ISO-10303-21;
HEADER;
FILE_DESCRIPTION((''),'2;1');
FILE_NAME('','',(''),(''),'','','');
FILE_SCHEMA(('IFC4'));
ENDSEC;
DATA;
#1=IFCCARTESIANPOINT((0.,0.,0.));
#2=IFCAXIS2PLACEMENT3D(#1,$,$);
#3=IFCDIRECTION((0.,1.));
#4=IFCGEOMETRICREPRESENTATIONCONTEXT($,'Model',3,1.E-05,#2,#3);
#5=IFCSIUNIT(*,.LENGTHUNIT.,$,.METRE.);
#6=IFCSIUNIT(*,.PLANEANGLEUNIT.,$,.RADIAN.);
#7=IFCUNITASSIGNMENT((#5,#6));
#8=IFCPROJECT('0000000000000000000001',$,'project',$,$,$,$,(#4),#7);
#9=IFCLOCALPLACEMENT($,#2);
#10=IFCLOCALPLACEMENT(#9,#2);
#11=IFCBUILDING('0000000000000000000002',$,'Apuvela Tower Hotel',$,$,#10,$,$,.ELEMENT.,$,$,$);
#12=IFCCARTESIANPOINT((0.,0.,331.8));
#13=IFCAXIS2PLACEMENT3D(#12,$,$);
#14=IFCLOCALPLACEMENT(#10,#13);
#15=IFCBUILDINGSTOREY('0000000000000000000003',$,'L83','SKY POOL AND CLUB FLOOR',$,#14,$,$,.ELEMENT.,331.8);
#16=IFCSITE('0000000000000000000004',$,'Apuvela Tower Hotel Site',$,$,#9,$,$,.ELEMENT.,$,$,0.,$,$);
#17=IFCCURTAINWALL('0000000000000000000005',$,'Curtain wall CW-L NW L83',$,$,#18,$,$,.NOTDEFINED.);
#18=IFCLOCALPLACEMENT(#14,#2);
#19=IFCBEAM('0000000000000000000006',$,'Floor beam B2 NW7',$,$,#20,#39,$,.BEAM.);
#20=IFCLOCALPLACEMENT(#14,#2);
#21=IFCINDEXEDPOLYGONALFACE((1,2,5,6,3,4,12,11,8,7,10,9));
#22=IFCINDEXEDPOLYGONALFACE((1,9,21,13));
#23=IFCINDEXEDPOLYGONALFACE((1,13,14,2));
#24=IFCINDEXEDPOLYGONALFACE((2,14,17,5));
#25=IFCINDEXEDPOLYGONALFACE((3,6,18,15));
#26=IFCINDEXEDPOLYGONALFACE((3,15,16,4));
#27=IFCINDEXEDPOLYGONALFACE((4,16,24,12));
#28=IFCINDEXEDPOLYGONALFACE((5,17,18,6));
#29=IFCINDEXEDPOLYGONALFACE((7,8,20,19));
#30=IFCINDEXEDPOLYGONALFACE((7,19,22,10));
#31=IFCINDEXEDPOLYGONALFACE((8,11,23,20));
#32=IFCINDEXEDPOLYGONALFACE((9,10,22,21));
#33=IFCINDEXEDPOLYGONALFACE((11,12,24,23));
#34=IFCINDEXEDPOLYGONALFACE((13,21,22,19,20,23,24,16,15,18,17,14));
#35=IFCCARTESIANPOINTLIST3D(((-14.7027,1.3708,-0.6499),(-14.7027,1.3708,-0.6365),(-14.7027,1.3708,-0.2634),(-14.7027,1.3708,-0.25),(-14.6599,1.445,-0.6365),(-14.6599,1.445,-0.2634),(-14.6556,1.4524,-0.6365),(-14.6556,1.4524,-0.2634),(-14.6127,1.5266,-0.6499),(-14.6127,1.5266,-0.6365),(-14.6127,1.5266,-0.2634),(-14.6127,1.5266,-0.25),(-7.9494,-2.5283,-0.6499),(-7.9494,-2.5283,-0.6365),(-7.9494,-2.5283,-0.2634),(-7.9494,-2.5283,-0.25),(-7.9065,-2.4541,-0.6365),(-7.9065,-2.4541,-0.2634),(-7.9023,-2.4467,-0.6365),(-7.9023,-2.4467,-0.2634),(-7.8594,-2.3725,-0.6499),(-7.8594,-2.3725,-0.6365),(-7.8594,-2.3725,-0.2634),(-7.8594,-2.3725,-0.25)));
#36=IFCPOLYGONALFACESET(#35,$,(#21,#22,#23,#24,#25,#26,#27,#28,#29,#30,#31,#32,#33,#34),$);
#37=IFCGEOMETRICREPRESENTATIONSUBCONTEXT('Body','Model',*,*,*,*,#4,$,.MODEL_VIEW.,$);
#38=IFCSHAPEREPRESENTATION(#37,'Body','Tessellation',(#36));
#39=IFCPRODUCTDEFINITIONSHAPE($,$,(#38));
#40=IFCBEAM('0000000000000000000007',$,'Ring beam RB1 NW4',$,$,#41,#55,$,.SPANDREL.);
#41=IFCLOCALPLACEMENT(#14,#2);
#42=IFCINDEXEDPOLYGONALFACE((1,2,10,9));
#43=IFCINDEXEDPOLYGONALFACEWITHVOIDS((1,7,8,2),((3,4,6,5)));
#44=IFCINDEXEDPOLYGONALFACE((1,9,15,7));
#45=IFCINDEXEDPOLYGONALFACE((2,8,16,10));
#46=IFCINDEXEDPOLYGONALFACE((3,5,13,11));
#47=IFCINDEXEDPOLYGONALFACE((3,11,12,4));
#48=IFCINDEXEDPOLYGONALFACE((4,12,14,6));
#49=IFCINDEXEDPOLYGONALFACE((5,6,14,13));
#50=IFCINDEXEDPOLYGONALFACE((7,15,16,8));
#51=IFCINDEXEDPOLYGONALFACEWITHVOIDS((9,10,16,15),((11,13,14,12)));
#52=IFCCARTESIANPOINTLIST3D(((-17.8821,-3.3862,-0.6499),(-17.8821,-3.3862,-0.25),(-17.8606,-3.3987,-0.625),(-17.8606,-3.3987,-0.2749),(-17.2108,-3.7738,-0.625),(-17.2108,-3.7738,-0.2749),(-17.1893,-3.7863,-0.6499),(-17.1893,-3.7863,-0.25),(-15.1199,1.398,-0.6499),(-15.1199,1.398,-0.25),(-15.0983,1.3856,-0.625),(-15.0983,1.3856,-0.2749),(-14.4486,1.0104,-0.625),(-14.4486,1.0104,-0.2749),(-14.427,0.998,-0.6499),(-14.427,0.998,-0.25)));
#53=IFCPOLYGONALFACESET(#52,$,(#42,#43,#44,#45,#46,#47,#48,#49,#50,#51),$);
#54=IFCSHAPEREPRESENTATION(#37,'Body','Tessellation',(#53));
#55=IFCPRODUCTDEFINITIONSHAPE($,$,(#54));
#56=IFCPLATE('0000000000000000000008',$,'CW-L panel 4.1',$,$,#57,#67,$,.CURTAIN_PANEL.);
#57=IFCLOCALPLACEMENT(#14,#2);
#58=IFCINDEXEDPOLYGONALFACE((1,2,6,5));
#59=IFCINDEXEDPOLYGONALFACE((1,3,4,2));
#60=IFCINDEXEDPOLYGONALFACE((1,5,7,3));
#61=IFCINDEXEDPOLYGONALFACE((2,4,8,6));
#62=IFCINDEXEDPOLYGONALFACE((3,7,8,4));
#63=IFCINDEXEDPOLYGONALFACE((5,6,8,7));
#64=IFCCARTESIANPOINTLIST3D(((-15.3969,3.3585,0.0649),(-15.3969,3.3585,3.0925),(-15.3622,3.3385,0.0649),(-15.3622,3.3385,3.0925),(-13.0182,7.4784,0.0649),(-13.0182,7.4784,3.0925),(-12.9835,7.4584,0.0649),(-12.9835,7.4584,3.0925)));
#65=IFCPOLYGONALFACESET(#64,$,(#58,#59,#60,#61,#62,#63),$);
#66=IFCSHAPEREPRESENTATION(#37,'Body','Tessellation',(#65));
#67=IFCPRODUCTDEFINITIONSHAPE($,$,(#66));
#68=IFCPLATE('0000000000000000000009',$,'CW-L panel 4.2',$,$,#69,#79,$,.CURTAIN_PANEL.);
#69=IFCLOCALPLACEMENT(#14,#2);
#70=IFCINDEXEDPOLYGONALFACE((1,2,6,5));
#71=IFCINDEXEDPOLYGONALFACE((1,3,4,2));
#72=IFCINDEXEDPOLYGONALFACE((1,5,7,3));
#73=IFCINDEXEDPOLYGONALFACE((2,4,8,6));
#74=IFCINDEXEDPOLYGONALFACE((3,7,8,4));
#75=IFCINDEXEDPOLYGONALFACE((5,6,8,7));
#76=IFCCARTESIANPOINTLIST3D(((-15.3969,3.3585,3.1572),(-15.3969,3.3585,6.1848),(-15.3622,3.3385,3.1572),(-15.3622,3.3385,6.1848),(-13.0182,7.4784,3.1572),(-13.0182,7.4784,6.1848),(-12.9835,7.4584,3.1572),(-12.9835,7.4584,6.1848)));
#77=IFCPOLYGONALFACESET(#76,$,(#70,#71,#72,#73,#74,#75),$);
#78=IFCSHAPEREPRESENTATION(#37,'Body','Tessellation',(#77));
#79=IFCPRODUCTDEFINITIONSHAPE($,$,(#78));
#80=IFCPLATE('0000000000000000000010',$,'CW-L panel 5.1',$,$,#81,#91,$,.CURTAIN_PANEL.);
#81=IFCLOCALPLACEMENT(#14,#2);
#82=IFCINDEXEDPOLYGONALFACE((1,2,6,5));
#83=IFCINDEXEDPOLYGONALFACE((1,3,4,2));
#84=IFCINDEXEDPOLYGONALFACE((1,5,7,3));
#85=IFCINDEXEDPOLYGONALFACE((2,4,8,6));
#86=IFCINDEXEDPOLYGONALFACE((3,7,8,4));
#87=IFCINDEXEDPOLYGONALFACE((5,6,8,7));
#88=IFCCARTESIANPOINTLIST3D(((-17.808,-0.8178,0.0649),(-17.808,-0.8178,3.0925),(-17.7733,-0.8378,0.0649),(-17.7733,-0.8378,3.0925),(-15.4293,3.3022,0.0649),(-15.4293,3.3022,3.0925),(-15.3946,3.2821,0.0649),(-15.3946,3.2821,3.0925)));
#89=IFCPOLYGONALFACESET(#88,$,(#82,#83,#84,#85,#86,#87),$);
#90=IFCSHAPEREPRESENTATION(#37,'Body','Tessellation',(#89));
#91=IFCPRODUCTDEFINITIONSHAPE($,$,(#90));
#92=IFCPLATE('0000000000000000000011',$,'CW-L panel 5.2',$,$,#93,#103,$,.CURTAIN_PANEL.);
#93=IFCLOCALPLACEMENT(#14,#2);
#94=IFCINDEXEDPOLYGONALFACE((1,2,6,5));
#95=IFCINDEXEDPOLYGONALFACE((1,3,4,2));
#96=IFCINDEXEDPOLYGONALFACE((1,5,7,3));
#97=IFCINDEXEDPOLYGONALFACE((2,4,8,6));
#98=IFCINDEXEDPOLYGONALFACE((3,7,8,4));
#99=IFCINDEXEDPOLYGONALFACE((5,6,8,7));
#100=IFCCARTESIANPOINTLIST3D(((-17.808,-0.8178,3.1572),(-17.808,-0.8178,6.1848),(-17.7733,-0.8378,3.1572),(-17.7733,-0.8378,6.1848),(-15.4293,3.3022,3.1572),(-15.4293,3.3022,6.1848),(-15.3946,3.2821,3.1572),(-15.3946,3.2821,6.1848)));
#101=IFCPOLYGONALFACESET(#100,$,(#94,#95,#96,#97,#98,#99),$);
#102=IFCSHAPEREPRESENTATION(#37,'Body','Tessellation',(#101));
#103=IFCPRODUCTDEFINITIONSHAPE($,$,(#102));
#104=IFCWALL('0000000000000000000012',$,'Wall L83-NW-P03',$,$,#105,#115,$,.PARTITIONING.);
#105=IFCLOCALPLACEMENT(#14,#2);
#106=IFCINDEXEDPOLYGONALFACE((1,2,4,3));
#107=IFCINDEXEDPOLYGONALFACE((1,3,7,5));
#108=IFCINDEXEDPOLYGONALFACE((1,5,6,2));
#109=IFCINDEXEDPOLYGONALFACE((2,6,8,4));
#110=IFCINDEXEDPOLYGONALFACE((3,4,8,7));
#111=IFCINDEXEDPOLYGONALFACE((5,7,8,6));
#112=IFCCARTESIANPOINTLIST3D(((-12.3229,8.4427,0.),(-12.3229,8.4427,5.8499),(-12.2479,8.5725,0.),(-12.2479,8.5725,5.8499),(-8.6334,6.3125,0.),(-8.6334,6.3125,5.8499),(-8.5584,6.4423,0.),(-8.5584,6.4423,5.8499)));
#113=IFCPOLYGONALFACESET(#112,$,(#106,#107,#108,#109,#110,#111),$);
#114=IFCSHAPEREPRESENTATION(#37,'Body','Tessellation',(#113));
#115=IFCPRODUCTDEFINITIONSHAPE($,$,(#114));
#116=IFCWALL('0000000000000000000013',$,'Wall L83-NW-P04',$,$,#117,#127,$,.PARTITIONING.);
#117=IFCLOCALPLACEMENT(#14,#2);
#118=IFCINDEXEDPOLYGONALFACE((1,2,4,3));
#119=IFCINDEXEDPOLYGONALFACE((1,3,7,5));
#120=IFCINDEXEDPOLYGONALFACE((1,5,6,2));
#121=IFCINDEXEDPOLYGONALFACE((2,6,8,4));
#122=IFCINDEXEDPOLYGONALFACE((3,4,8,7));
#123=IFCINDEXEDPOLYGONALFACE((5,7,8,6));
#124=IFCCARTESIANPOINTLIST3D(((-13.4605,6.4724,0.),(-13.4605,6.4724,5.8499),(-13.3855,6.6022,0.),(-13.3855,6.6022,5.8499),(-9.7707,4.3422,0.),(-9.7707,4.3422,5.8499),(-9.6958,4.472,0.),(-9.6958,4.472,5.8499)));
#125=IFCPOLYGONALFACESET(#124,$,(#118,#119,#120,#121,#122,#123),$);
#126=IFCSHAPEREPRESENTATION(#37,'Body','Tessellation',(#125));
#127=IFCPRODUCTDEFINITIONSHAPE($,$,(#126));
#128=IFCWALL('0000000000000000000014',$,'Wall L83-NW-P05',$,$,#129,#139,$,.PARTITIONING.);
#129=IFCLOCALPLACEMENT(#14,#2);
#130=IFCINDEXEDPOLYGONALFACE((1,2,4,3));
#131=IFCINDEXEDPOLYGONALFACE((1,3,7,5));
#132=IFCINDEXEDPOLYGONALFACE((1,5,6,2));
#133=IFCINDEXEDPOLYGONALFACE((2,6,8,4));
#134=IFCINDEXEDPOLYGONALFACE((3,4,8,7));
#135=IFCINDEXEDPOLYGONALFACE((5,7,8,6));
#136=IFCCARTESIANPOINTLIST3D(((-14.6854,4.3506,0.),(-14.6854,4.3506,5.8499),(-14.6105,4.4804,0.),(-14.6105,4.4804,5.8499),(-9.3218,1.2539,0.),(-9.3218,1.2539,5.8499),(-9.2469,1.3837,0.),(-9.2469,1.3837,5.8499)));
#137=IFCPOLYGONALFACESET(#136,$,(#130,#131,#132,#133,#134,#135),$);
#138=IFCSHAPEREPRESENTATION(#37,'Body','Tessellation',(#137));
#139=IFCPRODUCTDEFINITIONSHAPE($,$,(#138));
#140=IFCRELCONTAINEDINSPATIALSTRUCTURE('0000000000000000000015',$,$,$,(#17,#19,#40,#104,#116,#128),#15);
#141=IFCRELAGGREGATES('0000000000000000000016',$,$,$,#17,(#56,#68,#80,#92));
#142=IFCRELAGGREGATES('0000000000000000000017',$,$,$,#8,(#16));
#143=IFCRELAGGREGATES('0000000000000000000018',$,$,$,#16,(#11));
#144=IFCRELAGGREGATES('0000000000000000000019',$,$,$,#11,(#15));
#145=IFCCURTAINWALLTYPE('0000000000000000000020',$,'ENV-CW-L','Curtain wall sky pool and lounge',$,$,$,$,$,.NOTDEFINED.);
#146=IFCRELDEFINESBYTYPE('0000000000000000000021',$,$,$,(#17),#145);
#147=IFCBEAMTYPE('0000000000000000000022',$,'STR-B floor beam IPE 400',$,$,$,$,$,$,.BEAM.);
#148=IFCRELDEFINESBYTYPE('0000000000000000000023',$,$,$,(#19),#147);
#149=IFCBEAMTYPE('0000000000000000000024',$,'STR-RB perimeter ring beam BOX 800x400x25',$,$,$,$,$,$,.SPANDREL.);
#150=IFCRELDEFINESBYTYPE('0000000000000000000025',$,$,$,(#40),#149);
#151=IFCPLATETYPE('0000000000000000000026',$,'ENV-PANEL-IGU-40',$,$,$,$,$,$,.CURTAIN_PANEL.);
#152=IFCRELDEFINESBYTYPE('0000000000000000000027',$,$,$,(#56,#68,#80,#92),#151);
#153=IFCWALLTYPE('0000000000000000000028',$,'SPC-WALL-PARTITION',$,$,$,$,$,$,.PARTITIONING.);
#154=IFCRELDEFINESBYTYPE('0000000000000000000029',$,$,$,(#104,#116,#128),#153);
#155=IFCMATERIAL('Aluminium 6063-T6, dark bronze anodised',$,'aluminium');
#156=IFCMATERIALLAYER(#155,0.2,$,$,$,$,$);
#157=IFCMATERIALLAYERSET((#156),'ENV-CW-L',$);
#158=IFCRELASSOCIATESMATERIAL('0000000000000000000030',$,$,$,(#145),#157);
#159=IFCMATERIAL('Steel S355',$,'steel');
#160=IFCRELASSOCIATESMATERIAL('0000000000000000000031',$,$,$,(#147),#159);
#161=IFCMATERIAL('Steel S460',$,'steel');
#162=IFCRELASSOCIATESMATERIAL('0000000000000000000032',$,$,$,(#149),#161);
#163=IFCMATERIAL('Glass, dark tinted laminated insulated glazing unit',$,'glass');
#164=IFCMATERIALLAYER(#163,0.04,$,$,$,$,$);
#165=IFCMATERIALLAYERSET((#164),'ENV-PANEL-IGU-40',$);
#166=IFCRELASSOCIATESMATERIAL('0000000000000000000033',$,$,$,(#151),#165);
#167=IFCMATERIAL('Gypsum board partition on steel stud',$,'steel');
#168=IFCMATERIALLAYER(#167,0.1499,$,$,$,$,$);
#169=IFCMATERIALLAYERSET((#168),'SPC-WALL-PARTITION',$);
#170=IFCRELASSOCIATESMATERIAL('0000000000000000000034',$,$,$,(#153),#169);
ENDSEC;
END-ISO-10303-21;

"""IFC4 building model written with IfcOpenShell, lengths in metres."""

from ifc_helpers import new_model, si_unit, direction, frame, frame_2d, origin, origin_2d, place, context, subcontext, project, spatial, rectangle, hollow_rectangle, i_section, extrude, material, layer, layer_set, material_profile, profile_set, type_object, element, aggregate, save


model = new_model("IFC4")

# Units and contexts
model_context = context("Model", 3, precision=1e-05, world=origin(), true_north=direction((0.0, 1.0)))
body_context = subcontext(model_context, "Body", "Model", "MODEL_VIEW")
ifc_project = project(units=[si_unit("LENGTHUNIT", "METRE"), si_unit("PLANEANGLEUNIT", "RADIAN")], contexts=[model_context])

# Site, building, storey
site_placement = place(None, origin())
site = spatial("IfcSite", under=ifc_project, at=site_placement, Name="Apuvela Tower Hotel Site", CompositionType="ELEMENT", RefElevation=0.0)
building_placement = place(site_placement, origin())
building = spatial("IfcBuilding", under=site, at=building_placement, Name="Apuvela Tower Hotel", CompositionType="ELEMENT")
storey_placement = place(building_placement, frame((0.0, 0.0, 331.8)))
storey = spatial("IfcBuildingStorey", under=building, at=storey_placement, Name="L83", Description="SKY POOL AND CLUB FLOOR", CompositionType="ELEMENT", Elevation=331.8)

# Shared definitions
ifc_material_1 = material(Name="Steel S460", Category="steel")

# Curtain wall
ifc_material_2 = material(Name="Aluminium 6063-T6, dark bronze anodised", Category="aluminium")
ifc_layer_1 = layer(ifc_material_2, 0.2)
ifc_layer_set_1 = layer_set([ifc_layer_1], Name="ENV-CW-L")
curtain_wall_type = type_object("IfcCurtainWallType", Name="ENV-CW-L", Description="Curtain wall sky pool and lounge", PredefinedType="NOTDEFINED", material=ifc_layer_set_1)
curtain_wall_placement = place(storey_placement, origin())
curtain_wall = element("IfcCurtainWall", 1, at=curtain_wall_placement, inside=storey, type_object=curtain_wall_type, Name="Curtain wall CW-L NW L83", PredefinedType="NOTDEFINED")

# Beams
ifc_material_3 = material(Name="Steel S355", Category="steel")
ifc_material_profile_1 = material_profile(ifc_material_3, i_section(OverallWidth=0.1799, OverallDepth=0.3999, WebThickness=0.0085, FlangeThickness=0.0134, at=origin_2d()), Name="IPE 400")
ifc_profile_set_1 = profile_set([ifc_material_profile_1], Name="Steel S355")
beam_type_1 = type_object("IfcBeamType", Name="STR-B floor beam IPE 400", PredefinedType="BEAM", material=ifc_profile_set_1)
beam_1_placement = place(storey_placement, frame((-14.6577, 1.4487, -0.45), z_axis=(0.866021, -0.500008, 0.0), x_axis=(0.500008, 0.866021, 0.0)))
element("IfcBeam", 2, at=beam_1_placement, inside=storey, type_object=beam_type_1, Name="Floor beam B2 NW7", PredefinedType="BEAM", context=body_context, shape_type="SweptSolid", body=[
    extrude(i_section(OverallWidth=0.1799, OverallDepth=0.3999, WebThickness=0.0085, FlangeThickness=0.0134, at=origin_2d()), origin(), (0.0, 0.0, 1.0), 7.7981),
])
ifc_material_profile_2 = material_profile(ifc_material_1, hollow_rectangle(XDim=0.8, YDim=0.3999, WallThickness=0.0249, at=origin_2d()), Name="BOX 800x400x25")
ifc_profile_set_2 = profile_set([ifc_material_profile_2], Name="Steel S460")
beam_type_2 = type_object("IfcBeamType", Name="STR-RB perimeter ring beam BOX 800x400x25", PredefinedType="SPANDREL", material=ifc_profile_set_2)
beam_2_placement = place(storey_placement, frame((-14.7734, 1.198, -0.45), z_axis=(-0.500008, -0.866021, 0.0), x_axis=(0.866021, -0.500008, 0.0)))
element("IfcBeam", 3, at=beam_2_placement, inside=storey, type_object=beam_type_2, Name="Ring beam RB1 NW4", PredefinedType="SPANDREL", context=body_context, shape_type="SweptSolid", body=[
    extrude(hollow_rectangle(XDim=0.8, YDim=0.3999, WallThickness=0.0249, at=origin_2d()), origin(), (0.0, 0.0, 1.0), 5.5244),
])

# Plates
ifc_material_4 = material(Name="Glass, dark tinted laminated insulated glazing unit", Category="glass")
ifc_layer_2 = layer(ifc_material_4, 0.04)
ifc_layer_set_2 = layer_set([ifc_layer_2], Name="ENV-PANEL-IGU-40")
plate_type = type_object("IfcPlateType", Name="ENV-PANEL-IGU-40", PredefinedType="CURTAIN_PANEL", material=ifc_layer_set_2)
plate_1_placement = place(storey_placement, frame((-14.1902, 5.4084, 0.0649), z_axis=(0.0, 0.0, 1.0), x_axis=(-0.5, -0.866025, 0.0)))
plate_1 = element("IfcPlate", 4, at=plate_1_placement, type_object=plate_type, Name="CW-L panel 4.1", PredefinedType="CURTAIN_PANEL", context=body_context, shape_type="SweptSolid", body=[
    extrude(rectangle(XDim=4.7573, YDim=0.04, at=origin_2d()), origin(), (0.0, 0.0, 1.0), 3.0276),
])
plate_2_placement = place(storey_placement, frame((-14.1902, 5.4084, 3.1572), z_axis=(0.0, 0.0, 1.0), x_axis=(-0.5, -0.866025, 0.0)))
plate_2 = element("IfcPlate", 5, at=plate_2_placement, type_object=plate_type, Name="CW-L panel 4.2", PredefinedType="CURTAIN_PANEL", context=body_context, shape_type="SweptSolid", body=[
    extrude(rectangle(XDim=4.7573, YDim=0.04, at=origin_2d()), origin(), (0.0, 0.0, 1.0), 3.0276),
])
plate_3_placement = place(storey_placement, frame((-16.6013, 1.2322, 0.0649), z_axis=(0.0, 0.0, 1.0), x_axis=(-0.5, -0.866025, 0.0)))
plate_3 = element("IfcPlate", 6, at=plate_3_placement, type_object=plate_type, Name="CW-L panel 5.1", PredefinedType="CURTAIN_PANEL", context=body_context, shape_type="SweptSolid", body=[
    extrude(rectangle(XDim=4.7573, YDim=0.04, at=origin_2d()), origin(), (0.0, 0.0, 1.0), 3.0276),
])
plate_4_placement = place(storey_placement, frame((-16.6013, 1.2322, 3.1572), z_axis=(0.0, 0.0, 1.0), x_axis=(-0.5, -0.866025, 0.0)))
plate_4 = element("IfcPlate", 7, at=plate_4_placement, type_object=plate_type, Name="CW-L panel 5.2", PredefinedType="CURTAIN_PANEL", context=body_context, shape_type="SweptSolid", body=[
    extrude(rectangle(XDim=4.7573, YDim=0.04, at=origin_2d()), origin(), (0.0, 0.0, 1.0), 3.0276),
])
aggregate(curtain_wall, [plate_1, plate_2, plate_3, plate_4])

# Walls
ifc_material_5 = material(Name="Gypsum board partition on steel stud", Category="steel")
ifc_layer_3 = layer(ifc_material_5, 0.1499)
ifc_layer_set_3 = layer_set([ifc_layer_3], Name="SPC-WALL-PARTITION")
wall_type = type_object("IfcWallType", Name="SPC-WALL-PARTITION", PredefinedType="PARTITIONING", material=ifc_layer_set_3)
wall_1_placement = place(storey_placement, frame((-12.2854, 8.5076, 0.0), z_axis=(0.0, 0.0, 1.0), x_axis=(0.866023, -0.500004, 0.0)))
element("IfcWall", 8, at=wall_1_placement, inside=storey, type_object=wall_type, Name="Wall L83-NW-P03", PredefinedType="PARTITIONING", context=body_context, shape_type="SweptSolid", body=[
    extrude(rectangle(XDim=4.2603, YDim=0.1499, at=frame_2d((2.1301, 0.0))), origin(), (0.0, 0.0, 1.0), 5.8499),
])
wall_2_placement = place(storey_placement, frame((-13.4231, 6.5374, 0.0), z_axis=(0.0, 0.0, 1.0), x_axis=(0.866038, -0.499979, 0.0)))
element("IfcWall", 9, at=wall_2_placement, inside=storey, type_object=wall_type, Name="Wall L83-NW-P04", PredefinedType="PARTITIONING", context=body_context, shape_type="SweptSolid", body=[
    extrude(rectangle(XDim=4.2605, YDim=0.1499, at=frame_2d((2.1304, 0.0))), origin(), (0.0, 0.0, 1.0), 5.8499),
])
wall_3_placement = place(storey_placement, frame((-14.6479, 4.4155, 0.0), z_axis=(0.0, 0.0, 1.0), x_axis=(0.866022, -0.500006, 0.0)))
element("IfcWall", 10, at=wall_3_placement, inside=storey, type_object=wall_type, Name="Wall L83-NW-P05", PredefinedType="PARTITIONING", context=body_context, shape_type="SweptSolid", body=[
    extrude(rectangle(XDim=6.1934, YDim=0.1499, at=frame_2d((3.0967, 0.0))), origin(), (0.0, 0.0, 1.0), 5.8499),
])

save(model, "model.ifc")
